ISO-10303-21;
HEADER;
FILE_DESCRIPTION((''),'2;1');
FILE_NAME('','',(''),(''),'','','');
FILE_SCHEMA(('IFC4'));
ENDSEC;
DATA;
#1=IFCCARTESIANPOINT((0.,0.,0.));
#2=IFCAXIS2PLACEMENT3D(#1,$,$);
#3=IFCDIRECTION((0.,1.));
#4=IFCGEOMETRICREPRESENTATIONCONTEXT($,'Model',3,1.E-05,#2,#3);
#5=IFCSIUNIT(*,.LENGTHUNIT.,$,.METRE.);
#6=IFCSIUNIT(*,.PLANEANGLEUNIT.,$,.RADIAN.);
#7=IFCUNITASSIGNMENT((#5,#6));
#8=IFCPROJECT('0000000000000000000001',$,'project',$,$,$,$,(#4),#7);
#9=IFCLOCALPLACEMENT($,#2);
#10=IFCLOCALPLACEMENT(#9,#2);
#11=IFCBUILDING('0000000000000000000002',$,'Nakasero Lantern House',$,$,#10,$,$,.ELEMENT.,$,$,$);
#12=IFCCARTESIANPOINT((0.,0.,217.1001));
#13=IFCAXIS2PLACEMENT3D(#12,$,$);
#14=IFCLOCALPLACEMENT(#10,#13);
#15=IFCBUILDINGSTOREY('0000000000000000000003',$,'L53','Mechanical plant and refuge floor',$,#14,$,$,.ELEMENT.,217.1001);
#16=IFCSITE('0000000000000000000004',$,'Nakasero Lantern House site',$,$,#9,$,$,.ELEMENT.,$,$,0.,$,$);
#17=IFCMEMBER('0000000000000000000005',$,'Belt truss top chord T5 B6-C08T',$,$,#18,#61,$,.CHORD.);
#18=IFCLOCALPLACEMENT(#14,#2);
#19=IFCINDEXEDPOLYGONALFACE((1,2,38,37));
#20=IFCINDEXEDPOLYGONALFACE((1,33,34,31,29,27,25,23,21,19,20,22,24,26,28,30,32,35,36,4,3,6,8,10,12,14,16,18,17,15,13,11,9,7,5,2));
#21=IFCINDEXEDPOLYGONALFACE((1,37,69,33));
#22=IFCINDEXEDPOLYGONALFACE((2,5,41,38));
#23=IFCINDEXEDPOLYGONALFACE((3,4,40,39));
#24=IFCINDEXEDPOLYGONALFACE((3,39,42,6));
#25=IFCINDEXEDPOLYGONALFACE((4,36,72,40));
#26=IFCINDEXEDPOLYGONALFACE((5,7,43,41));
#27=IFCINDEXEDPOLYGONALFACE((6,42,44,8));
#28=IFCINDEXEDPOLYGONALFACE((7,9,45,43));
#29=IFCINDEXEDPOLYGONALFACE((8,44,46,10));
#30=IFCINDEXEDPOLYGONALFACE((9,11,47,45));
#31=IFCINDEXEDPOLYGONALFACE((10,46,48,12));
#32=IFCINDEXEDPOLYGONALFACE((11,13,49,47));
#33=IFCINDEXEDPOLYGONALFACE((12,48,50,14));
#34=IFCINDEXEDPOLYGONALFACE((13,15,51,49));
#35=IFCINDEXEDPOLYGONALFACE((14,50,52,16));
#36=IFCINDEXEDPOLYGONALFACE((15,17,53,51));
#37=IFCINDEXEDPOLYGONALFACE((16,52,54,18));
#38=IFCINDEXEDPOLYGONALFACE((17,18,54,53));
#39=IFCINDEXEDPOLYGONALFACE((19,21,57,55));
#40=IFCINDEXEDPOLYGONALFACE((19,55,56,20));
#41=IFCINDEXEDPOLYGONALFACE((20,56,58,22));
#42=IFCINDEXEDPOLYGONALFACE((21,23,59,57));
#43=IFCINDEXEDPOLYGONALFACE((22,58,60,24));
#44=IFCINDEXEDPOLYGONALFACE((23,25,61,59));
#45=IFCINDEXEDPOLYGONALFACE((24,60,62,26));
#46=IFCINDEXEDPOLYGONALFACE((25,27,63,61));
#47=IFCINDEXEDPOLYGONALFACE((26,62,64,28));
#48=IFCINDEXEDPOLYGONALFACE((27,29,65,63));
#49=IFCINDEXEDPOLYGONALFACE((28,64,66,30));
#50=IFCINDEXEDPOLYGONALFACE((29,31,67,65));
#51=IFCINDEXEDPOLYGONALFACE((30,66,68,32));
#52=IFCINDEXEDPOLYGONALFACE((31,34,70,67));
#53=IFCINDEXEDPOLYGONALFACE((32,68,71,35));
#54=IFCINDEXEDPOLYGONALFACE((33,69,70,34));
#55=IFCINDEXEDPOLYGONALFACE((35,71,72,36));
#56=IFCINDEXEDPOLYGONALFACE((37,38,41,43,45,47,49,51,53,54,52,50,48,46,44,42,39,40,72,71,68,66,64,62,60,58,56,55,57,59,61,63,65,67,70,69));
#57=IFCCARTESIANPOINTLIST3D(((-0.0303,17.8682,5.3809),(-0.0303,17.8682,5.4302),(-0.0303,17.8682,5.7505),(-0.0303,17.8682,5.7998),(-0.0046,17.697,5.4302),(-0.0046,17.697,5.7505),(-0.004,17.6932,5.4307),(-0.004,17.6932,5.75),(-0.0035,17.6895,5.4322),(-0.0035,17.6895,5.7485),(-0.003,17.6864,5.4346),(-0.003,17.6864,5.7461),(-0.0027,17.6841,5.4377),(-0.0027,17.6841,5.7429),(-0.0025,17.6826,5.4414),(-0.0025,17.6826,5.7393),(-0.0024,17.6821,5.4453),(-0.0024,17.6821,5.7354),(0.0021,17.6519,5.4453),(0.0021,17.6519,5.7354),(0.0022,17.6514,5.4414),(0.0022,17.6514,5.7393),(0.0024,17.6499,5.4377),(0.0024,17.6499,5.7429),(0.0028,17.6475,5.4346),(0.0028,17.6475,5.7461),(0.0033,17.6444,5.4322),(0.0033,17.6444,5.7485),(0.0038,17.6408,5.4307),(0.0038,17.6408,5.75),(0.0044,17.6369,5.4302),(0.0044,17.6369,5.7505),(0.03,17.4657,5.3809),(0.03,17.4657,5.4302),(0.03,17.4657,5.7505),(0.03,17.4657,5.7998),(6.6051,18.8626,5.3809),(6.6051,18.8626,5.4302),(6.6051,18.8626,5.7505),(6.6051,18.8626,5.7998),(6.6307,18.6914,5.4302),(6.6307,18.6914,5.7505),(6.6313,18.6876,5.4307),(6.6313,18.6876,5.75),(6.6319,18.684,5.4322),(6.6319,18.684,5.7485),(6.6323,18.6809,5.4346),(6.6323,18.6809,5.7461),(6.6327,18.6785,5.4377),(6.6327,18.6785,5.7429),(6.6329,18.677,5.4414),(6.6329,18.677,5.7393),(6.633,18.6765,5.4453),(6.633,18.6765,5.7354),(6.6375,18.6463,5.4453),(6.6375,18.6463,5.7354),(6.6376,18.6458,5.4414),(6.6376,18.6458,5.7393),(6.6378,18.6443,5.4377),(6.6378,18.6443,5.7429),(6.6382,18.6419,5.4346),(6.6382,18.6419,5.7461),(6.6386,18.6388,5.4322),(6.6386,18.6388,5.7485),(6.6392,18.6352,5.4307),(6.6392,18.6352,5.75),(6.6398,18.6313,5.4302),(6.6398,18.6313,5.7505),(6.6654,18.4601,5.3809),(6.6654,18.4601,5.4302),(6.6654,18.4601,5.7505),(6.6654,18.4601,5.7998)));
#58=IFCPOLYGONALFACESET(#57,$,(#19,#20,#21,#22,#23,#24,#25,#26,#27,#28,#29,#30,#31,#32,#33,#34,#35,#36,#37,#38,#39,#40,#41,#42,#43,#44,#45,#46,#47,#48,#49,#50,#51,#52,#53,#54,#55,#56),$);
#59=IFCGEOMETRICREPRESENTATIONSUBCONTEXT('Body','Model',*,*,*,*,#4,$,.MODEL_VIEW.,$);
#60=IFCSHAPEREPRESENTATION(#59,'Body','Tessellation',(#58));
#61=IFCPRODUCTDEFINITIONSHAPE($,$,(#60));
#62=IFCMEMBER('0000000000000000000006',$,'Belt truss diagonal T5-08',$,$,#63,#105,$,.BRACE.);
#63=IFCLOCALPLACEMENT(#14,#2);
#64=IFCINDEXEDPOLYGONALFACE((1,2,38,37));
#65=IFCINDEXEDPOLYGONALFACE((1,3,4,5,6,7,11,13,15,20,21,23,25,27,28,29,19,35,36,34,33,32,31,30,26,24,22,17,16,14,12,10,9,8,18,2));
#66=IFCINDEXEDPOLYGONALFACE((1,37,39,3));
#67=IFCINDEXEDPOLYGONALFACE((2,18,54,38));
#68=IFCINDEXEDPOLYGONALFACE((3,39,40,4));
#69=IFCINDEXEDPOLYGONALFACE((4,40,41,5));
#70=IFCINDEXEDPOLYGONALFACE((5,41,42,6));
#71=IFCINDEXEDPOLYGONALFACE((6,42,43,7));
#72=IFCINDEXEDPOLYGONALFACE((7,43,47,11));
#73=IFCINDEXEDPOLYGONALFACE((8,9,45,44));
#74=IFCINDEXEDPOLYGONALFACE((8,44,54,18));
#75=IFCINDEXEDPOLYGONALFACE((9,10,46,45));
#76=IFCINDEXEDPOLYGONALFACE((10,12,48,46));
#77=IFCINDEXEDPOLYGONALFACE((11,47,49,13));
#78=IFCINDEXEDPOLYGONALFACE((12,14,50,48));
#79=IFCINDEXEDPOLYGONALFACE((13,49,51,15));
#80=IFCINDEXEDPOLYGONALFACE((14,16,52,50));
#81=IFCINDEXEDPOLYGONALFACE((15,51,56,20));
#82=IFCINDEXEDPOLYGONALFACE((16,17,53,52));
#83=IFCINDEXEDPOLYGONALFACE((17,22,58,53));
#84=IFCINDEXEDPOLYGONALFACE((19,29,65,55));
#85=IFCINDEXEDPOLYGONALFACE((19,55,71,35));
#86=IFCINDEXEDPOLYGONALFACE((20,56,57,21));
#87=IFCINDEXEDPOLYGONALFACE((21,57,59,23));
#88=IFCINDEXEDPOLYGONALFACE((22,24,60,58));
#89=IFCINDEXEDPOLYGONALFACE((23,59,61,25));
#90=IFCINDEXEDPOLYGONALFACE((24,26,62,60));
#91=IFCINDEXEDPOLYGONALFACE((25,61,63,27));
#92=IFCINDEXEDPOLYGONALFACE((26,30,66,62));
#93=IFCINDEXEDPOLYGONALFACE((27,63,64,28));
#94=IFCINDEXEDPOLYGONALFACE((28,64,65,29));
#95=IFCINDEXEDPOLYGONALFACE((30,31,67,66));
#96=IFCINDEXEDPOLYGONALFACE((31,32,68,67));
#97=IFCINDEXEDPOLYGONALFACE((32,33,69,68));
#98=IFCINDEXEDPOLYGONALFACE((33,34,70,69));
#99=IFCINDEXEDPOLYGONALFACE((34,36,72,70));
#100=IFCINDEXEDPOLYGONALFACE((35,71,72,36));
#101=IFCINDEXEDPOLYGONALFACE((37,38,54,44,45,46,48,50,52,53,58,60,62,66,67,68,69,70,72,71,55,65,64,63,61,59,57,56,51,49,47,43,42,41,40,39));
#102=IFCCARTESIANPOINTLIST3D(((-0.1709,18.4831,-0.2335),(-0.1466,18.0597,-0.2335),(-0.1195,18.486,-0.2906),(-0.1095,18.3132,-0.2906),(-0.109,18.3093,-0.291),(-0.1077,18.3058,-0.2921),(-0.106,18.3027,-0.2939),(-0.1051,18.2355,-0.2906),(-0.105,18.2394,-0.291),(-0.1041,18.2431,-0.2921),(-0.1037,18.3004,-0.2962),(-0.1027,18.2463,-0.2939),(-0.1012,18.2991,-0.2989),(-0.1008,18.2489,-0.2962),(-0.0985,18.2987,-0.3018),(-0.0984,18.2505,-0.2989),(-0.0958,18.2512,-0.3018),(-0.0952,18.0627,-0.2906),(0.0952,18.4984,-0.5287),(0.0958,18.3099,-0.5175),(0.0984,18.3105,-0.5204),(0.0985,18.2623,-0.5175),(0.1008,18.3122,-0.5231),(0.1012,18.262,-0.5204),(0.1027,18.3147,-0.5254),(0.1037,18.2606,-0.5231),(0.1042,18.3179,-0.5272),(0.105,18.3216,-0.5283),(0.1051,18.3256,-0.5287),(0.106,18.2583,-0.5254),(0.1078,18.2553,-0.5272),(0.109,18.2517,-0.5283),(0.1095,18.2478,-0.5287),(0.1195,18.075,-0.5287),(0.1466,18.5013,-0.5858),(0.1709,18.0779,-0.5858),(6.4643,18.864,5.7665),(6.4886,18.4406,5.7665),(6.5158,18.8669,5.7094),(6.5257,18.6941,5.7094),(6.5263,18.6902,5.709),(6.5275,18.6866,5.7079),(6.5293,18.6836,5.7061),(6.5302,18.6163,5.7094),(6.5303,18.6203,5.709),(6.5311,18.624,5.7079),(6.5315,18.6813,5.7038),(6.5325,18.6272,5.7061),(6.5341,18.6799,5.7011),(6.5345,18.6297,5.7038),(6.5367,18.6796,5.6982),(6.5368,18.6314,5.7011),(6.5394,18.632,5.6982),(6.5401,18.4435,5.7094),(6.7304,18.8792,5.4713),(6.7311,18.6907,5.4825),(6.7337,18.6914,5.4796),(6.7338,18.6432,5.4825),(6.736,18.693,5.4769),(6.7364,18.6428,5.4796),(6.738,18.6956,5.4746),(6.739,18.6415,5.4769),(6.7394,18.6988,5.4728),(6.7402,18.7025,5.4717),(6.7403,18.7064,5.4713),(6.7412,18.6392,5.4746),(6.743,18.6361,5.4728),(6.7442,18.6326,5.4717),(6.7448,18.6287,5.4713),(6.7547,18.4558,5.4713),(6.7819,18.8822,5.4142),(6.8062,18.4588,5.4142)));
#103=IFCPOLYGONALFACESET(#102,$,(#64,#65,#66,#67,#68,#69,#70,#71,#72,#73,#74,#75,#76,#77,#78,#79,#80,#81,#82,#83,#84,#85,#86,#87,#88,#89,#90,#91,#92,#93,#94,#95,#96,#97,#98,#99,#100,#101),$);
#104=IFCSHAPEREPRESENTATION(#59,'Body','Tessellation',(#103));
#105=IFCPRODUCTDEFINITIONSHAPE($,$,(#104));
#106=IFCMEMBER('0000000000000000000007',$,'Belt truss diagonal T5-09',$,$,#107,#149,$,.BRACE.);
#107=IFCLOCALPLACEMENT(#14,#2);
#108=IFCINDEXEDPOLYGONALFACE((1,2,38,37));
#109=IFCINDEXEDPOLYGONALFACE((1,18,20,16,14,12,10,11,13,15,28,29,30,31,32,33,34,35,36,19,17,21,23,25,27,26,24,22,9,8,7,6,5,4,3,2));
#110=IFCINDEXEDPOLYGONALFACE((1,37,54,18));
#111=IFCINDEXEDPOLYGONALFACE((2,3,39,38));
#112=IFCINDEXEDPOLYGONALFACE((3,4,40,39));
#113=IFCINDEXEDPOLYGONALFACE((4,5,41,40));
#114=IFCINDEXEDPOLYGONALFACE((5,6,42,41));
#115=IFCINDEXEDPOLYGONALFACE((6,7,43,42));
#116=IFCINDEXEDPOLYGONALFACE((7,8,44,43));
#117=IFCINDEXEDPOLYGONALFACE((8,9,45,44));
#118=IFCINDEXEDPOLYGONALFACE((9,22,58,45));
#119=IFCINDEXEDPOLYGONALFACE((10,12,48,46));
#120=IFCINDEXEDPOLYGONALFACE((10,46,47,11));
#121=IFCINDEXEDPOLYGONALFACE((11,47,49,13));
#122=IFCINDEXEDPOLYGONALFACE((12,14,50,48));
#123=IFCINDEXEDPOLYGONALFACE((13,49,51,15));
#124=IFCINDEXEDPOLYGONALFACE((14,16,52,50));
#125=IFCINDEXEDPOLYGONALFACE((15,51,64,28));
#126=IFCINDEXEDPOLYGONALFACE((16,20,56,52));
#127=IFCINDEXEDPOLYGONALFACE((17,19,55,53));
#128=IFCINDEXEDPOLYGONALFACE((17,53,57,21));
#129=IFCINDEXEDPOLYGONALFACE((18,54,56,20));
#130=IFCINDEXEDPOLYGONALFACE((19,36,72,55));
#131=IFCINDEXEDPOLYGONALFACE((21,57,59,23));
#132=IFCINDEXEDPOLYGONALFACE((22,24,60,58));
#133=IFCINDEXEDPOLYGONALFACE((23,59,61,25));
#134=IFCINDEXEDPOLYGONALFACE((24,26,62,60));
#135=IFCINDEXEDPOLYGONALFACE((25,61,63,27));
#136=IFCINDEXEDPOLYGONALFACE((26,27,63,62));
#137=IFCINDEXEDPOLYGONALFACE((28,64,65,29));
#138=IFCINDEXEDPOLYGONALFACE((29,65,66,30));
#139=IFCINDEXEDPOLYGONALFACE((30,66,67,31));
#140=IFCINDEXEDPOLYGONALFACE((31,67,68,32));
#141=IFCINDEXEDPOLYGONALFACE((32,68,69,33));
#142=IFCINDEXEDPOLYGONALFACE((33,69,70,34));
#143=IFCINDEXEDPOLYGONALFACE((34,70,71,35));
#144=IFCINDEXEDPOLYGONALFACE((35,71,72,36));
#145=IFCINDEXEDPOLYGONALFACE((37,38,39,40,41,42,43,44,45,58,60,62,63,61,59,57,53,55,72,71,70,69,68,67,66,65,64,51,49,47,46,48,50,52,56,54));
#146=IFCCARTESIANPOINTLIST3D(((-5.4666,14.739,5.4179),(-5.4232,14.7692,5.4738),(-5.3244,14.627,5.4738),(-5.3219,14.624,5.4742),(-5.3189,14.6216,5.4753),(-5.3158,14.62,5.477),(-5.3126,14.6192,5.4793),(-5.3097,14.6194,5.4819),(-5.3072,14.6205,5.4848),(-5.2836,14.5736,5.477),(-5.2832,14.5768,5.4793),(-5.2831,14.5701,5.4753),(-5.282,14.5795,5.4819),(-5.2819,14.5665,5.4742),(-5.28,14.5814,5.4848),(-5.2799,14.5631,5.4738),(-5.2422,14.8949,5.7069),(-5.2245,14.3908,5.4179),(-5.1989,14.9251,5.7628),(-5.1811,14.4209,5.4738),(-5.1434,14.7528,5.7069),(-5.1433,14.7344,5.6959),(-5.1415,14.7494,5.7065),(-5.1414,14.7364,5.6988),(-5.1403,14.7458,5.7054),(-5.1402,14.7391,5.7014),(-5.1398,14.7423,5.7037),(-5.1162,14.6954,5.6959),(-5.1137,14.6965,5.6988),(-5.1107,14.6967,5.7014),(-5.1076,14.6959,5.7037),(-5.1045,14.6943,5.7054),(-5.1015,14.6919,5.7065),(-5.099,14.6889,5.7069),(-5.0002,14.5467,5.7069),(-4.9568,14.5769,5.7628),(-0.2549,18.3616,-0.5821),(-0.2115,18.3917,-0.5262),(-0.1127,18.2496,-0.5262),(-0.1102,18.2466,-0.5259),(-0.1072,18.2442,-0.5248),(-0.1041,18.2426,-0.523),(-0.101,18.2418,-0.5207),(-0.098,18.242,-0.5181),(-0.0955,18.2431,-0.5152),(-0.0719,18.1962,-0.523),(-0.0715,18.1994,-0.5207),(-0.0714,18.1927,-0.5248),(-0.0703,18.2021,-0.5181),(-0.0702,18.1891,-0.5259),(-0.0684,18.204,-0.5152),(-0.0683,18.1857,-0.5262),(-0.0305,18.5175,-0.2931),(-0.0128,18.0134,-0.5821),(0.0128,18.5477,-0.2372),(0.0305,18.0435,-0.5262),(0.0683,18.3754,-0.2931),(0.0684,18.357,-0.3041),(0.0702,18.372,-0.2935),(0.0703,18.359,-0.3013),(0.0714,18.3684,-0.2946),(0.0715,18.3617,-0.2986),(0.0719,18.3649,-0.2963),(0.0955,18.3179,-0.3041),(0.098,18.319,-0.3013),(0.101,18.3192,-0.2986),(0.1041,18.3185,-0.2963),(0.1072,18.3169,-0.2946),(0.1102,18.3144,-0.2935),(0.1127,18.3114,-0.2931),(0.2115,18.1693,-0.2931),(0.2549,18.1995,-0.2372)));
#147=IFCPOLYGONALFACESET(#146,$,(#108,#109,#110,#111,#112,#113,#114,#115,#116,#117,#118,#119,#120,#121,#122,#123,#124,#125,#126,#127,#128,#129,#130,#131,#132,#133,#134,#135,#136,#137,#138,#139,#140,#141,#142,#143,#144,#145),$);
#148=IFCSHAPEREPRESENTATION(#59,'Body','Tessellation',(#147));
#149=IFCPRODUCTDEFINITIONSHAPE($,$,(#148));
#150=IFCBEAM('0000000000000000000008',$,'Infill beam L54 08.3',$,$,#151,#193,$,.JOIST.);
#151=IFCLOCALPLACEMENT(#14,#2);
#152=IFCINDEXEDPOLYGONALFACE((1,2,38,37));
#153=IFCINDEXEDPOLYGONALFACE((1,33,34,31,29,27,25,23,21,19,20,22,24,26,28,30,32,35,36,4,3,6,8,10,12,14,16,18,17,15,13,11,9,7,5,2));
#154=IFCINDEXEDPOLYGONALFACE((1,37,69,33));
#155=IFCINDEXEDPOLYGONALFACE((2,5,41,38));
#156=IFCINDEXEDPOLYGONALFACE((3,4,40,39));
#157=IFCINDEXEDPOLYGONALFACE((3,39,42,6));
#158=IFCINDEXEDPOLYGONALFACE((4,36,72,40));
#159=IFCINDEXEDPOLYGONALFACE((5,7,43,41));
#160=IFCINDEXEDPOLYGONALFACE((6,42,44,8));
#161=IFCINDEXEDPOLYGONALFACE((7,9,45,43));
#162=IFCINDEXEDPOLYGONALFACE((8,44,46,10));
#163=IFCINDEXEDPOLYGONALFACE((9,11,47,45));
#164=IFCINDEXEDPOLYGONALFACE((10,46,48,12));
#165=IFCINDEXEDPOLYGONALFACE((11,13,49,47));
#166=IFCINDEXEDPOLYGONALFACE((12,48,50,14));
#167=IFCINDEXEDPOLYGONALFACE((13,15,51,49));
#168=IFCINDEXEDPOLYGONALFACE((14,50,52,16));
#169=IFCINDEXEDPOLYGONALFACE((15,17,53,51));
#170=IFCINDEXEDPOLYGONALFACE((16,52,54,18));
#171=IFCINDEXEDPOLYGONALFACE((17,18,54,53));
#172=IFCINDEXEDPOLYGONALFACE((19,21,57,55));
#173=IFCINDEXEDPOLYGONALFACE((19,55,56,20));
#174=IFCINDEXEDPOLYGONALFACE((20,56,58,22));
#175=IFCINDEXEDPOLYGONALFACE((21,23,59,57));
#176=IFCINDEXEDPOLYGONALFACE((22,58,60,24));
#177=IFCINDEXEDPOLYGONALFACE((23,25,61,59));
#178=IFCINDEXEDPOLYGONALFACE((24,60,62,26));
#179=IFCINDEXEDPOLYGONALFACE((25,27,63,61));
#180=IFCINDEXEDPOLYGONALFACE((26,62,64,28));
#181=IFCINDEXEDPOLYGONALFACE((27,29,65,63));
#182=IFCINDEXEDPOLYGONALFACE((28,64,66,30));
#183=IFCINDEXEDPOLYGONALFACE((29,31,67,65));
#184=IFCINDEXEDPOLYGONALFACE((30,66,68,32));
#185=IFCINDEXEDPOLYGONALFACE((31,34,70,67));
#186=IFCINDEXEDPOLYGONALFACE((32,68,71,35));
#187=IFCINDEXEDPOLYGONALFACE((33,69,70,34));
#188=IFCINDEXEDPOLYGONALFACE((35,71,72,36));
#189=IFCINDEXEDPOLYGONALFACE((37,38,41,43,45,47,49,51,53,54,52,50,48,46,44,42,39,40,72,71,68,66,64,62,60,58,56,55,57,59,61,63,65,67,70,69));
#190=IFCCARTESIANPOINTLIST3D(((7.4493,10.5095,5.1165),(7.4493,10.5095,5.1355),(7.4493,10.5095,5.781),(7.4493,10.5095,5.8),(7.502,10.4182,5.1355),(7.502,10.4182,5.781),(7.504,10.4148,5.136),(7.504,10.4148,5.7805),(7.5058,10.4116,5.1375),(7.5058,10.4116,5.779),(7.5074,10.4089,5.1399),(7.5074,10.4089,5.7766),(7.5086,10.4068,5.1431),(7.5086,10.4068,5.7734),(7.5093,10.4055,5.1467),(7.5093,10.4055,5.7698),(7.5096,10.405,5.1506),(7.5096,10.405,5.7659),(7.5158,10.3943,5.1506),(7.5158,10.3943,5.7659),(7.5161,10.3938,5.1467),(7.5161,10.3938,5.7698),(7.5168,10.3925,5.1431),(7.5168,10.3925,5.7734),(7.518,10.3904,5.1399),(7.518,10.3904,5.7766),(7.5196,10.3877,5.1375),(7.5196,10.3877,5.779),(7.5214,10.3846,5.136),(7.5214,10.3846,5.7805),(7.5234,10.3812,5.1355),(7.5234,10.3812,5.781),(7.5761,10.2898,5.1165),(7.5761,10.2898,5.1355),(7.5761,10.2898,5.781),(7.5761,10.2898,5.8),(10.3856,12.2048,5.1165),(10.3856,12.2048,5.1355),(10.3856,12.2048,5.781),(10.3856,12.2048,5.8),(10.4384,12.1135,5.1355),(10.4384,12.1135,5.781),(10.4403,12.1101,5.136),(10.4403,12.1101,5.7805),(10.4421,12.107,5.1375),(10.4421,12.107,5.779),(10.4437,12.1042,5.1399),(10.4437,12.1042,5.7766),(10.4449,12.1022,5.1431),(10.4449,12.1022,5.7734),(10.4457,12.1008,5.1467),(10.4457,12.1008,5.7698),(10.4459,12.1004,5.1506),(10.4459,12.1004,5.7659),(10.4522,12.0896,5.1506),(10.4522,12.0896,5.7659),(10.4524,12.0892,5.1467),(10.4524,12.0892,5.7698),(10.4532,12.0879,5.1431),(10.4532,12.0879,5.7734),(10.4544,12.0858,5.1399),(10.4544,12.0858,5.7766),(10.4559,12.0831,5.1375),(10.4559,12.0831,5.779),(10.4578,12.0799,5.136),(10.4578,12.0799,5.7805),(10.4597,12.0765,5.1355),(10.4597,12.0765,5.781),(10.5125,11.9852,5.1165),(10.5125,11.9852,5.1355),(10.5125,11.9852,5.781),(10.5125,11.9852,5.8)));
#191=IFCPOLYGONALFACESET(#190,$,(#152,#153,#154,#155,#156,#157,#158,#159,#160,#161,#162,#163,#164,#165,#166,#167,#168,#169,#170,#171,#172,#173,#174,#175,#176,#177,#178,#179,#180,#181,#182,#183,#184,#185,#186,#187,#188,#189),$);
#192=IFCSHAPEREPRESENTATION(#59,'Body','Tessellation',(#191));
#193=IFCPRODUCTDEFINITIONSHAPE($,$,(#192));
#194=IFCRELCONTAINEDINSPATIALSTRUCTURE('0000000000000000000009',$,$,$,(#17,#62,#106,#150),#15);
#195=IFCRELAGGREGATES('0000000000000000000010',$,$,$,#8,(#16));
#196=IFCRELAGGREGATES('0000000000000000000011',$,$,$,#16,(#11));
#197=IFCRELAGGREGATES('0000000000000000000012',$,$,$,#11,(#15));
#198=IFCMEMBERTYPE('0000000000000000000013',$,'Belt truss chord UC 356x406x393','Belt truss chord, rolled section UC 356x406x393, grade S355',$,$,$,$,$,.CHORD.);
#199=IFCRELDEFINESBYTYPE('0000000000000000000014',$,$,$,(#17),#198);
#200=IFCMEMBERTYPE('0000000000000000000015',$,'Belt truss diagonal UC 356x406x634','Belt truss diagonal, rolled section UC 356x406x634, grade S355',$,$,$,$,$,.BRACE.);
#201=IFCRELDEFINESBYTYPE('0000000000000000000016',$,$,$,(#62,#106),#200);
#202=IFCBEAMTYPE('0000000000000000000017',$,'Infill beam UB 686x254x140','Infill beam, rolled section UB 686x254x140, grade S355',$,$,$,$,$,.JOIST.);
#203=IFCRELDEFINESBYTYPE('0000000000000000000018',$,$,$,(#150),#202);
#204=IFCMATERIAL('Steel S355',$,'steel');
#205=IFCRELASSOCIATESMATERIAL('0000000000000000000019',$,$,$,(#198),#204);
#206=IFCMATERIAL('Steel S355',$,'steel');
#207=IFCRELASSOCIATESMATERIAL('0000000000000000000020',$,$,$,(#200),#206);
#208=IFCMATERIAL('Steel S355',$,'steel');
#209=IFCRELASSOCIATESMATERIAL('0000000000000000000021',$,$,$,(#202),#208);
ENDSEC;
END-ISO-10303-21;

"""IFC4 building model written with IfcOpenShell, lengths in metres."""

from ifc_helpers import new_model, si_unit, direction, frame, origin, origin_2d, place, context, subcontext, project, spatial, i_section, extrude, material, material_profile, profile_set, type_object, element, save


model = new_model("IFC4")

# Units and contexts
model_context = context("Model", 3, precision=1e-05, world=origin(), true_north=direction((0.0, 1.0)))
body_context = subcontext(model_context, "Body", "Model", "MODEL_VIEW")
ifc_project = project(units=[si_unit("LENGTHUNIT", "METRE"), si_unit("PLANEANGLEUNIT", "RADIAN")], contexts=[model_context])

# Site, building, storey
site_placement = place(None, origin())
site = spatial("IfcSite", under=ifc_project, at=site_placement, Name="Nakasero Lantern House site", CompositionType="ELEMENT", RefElevation=0.0)
building_placement = place(site_placement, origin())
building = spatial("IfcBuilding", under=site, at=building_placement, Name="Nakasero Lantern House", CompositionType="ELEMENT")
storey_placement = place(building_placement, frame((0.0, 0.0, 217.1001)))
storey = spatial("IfcBuildingStorey", under=building, at=storey_placement, Name="L53", Description="Mechanical plant and refuge floor", CompositionType="ELEMENT", Elevation=217.1001)

# Members
ifc_material_1 = material(Name="Steel S355", Category="steel")
ifc_material_profile_1 = material_profile(ifc_material_1, i_section(OverallWidth=0.407, OverallDepth=0.4189, WebThickness=0.0305, FlangeThickness=0.0493, FilletRadius=0.0151, at=origin_2d()), Name="UC 356x406x393")
ifc_profile_set_1 = profile_set([ifc_material_profile_1], Name="Steel S355")
member_type_1 = type_object("IfcMemberType", Name="Belt truss chord UC 356x406x393", Description="Belt truss chord, rolled section UC 356x406x393, grade S355", PredefinedType="CHORD", material=ifc_profile_set_1)
member_1_placement = place(storey_placement, frame((6.6353, 18.6614, 5.5903), z_axis=(-0.988956, -0.148209, 0.0), x_axis=(0.148209, -0.988956, 0.0)))
element("IfcMember", 1, at=member_1_placement, inside=storey, type_object=member_type_1, Name="Belt truss top chord T5 B6-C08T", PredefinedType="CHORD", context=body_context, shape_type="SweptSolid", body=[
    extrude(i_section(OverallWidth=0.407, OverallDepth=0.4189, WebThickness=0.0305, FlangeThickness=0.0493, FilletRadius=0.0151, at=origin_2d()), origin(), (0.0, 0.0, 1.0), 6.7095),
])
ifc_material_2 = material(Name="Steel S355", Category="steel")
ifc_material_profile_2 = material_profile(ifc_material_2, i_section(OverallWidth=0.4241, OverallDepth=0.4746, WebThickness=0.0476, FlangeThickness=0.0769, FilletRadius=0.0151, at=origin_2d()), Name="UC 356x406x634")
ifc_profile_set_2 = profile_set([ifc_material_profile_2], Name="Steel S355")
member_type_2 = type_object("IfcMemberType", Name="Belt truss diagonal UC 356x406x634", Description="Belt truss diagonal, rolled section UC 356x406x634, grade S355", PredefinedType="BRACE", material=ifc_profile_set_2)
member_2_placement = place(storey_placement, frame((6.6353, 18.6614, 5.5903), z_axis=(-0.741049, -0.042536, -0.670102), x_axis=(0.057305, -0.998357, 0.0)))
element("IfcMember", 2, at=member_2_placement, inside=storey, type_object=member_type_2, Name="Belt truss diagonal T5-08", PredefinedType="BRACE", context=body_context, shape_type="SweptSolid", body=[
    extrude(i_section(OverallWidth=0.4241, OverallDepth=0.4746, WebThickness=0.0476, FlangeThickness=0.0769, FilletRadius=0.0151, at=origin_2d()), origin(), (0.0, 0.0, 1.0), 8.9539),
])
member_3_placement = place(storey_placement, frame((0.0, 18.2805, -0.4097), z_axis=(-0.596704, -0.414761, 0.686963), x_axis=(0.570751, -0.821123, 0.0)))
element("IfcMember", 3, at=member_3_placement, inside=storey, type_object=member_type_2, Name="Belt truss diagonal T5-09", PredefinedType="BRACE", context=body_context, shape_type="SweptSolid", body=[
    extrude(i_section(OverallWidth=0.4241, OverallDepth=0.4746, WebThickness=0.0476, FlangeThickness=0.0769, FilletRadius=0.0151, at=origin_2d()), origin(), (0.0, 0.0, 1.0), 8.7341),
])

# Beam
ifc_material_3 = material(Name="Steel S355", Category="steel")
ifc_material_profile_3 = material_profile(ifc_material_3, i_section(OverallWidth=0.2537, OverallDepth=0.6836, WebThickness=0.0125, FlangeThickness=0.019, FilletRadius=0.0151, at=origin_2d()), Name="UB 686x254x140")
ifc_profile_set_3 = profile_set([ifc_material_profile_3], Name="Steel S355")
beam_type_1 = type_object("IfcBeamType", Name="Infill beam UB 686x254x140", Description="Infill beam, rolled section UB 686x254x140, grade S355", PredefinedType="JOIST", material=ifc_profile_set_3)
beam_1_placement = place(storey_placement, frame((7.5127, 10.3997, 5.4583), z_axis=(0.866019, 0.500011, 0.0), x_axis=(-0.500011, 0.866019, 0.0)))
element("IfcBeam", 4, at=beam_1_placement, inside=storey, type_object=beam_type_1, Name="Infill beam L54 08.3", PredefinedType="JOIST", context=body_context, shape_type="SweptSolid", body=[
    extrude(i_section(OverallWidth=0.2537, OverallDepth=0.6836, WebThickness=0.0125, FlangeThickness=0.019, FilletRadius=0.0151, at=origin_2d()), origin(), (0.0, 0.0, 1.0), 3.3906),
])

save(model, "model.ifc")
